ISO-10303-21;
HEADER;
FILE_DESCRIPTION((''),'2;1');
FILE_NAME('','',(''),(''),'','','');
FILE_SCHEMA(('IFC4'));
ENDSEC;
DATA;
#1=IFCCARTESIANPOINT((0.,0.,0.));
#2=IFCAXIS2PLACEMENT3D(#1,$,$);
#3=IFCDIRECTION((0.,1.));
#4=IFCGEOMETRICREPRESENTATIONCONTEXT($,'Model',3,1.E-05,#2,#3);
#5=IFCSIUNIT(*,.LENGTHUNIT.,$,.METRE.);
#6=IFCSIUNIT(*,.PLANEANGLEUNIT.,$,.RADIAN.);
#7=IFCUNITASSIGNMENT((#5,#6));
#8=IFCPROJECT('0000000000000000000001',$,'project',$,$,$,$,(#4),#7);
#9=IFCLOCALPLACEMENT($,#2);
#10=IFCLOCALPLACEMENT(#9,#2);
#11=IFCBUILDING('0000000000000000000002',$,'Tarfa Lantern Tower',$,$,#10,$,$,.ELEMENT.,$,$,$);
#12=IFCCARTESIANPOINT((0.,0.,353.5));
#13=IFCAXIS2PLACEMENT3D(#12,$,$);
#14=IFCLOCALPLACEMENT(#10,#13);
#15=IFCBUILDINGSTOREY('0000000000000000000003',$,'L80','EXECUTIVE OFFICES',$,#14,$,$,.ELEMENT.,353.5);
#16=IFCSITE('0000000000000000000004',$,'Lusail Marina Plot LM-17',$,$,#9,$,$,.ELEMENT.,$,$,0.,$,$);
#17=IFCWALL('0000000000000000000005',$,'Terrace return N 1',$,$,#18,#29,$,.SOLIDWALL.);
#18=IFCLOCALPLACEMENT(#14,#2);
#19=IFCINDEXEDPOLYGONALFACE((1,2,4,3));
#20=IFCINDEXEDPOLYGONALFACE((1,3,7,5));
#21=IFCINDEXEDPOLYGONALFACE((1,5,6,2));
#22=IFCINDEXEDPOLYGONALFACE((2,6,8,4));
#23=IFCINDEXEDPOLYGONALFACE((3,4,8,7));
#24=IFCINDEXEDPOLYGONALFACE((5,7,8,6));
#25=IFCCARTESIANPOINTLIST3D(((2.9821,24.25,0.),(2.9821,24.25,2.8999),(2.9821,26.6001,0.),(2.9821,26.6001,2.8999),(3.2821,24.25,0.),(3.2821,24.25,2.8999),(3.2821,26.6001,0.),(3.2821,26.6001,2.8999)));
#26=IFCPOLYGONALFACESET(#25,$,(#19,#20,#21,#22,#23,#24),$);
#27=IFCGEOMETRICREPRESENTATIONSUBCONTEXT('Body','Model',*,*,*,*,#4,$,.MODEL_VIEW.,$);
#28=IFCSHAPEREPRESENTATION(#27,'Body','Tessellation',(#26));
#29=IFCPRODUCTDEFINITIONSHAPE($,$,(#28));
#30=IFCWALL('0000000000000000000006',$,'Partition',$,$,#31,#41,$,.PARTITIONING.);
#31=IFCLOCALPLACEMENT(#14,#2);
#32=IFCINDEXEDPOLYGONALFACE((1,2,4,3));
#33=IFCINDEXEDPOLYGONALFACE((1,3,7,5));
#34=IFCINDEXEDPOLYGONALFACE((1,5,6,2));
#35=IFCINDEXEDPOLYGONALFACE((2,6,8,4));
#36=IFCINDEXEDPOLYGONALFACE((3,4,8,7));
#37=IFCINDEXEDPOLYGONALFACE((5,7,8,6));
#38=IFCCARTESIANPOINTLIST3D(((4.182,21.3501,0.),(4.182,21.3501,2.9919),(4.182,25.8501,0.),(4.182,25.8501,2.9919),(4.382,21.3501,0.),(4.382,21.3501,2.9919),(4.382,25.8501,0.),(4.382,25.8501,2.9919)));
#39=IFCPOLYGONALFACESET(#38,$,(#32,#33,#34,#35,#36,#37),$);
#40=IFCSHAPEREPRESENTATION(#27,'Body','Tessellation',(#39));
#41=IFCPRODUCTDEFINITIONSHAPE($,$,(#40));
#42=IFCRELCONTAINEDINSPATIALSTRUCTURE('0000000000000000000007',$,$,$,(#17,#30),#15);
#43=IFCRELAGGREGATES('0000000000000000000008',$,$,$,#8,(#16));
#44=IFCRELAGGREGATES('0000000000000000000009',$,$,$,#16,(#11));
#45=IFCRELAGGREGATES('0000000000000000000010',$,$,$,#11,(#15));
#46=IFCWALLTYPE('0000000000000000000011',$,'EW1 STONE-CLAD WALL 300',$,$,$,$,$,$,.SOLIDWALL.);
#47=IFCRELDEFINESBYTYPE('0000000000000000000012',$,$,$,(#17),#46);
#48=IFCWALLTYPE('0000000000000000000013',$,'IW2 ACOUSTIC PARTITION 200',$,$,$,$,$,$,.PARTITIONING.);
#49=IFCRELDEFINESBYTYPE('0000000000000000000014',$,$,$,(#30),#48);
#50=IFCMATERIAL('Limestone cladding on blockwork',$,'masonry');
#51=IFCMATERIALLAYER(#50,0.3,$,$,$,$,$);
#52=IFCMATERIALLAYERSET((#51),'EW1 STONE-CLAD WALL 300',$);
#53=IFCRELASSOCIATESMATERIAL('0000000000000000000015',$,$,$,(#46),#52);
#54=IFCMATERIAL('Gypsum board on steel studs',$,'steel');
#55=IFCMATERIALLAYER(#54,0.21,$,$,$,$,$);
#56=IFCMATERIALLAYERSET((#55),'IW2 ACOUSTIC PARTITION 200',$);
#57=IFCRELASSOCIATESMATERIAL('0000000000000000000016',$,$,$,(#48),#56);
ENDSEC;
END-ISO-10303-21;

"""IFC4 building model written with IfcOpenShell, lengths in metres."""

from ifc_helpers import new_model, si_unit, direction, frame, frame_2d, origin, place, context, subcontext, project, spatial, rectangle, extrude, material, layer, layer_set, type_object, element, save


model = new_model("IFC4")

# Units and contexts
model_context = context("Model", 3, precision=1e-05, world=origin(), true_north=direction((0.0, 1.0)))
body_context = subcontext(model_context, "Body", "Model", "MODEL_VIEW")
ifc_project = project(units=[si_unit("LENGTHUNIT", "METRE"), si_unit("PLANEANGLEUNIT", "RADIAN")], contexts=[model_context])

# Site, building, storey
site_placement = place(None, origin())
site = spatial("IfcSite", under=ifc_project, at=site_placement, Name="Lusail Marina Plot LM-17", CompositionType="ELEMENT", RefElevation=0.0)
building_placement = place(site_placement, origin())
building = spatial("IfcBuilding", under=site, at=building_placement, Name="Tarfa Lantern Tower", CompositionType="ELEMENT")
storey_placement = place(building_placement, frame((0.0, 0.0, 353.5)))
storey = spatial("IfcBuildingStorey", under=building, at=storey_placement, Name="L80", Description="EXECUTIVE OFFICES", CompositionType="ELEMENT", Elevation=353.5)

# Shared definitions
ifc_material_1 = material(Name="Limestone cladding on blockwork", Category="masonry")
ifc_layer_1 = layer(ifc_material_1, 0.3)
ifc_layer_set_1 = layer_set([ifc_layer_1], Name="EW1 STONE-CLAD WALL 300")
wall_type_1 = type_object("IfcWallType", Name="EW1 STONE-CLAD WALL 300", PredefinedType="SOLIDWALL", material=ifc_layer_set_1)

# Wall
wall_1_placement = place(storey_placement, frame((3.1321, 26.6001, 0.0), z_axis=(0.0, 0.0, 1.0), x_axis=(0.0, -1.0, 0.0)))
element("IfcWall", 1, at=wall_1_placement, inside=storey, type_object=wall_type_1, Name="Terrace return N 1", PredefinedType="SOLIDWALL", context=body_context, shape_type="SweptSolid", body=[
    extrude(rectangle(XDim=2.3501, YDim=0.3, at=frame_2d((1.175, 0.0))), origin(), (0.0, 0.0, 1.0), 2.8999),
])

# Shared definitions
ifc_material_2 = material(Name="Gypsum board on steel studs", Category="steel")
ifc_layer_2 = layer(ifc_material_2, 0.21)
ifc_layer_set_2 = layer_set([ifc_layer_2], Name="IW2 ACOUSTIC PARTITION 200")
wall_type_2 = type_object("IfcWallType", Name="IW2 ACOUSTIC PARTITION 200", PredefinedType="PARTITIONING", material=ifc_layer_set_2)

# Wall
wall_2_placement = place(storey_placement, frame((4.282, 21.3501, 0.0), z_axis=(0.0, 0.0, 1.0), x_axis=(0.0, 1.0, 0.0)))
element("IfcWall", 2, at=wall_2_placement, inside=storey, type_object=wall_type_2, Name="Partition", PredefinedType="PARTITIONING", context=body_context, shape_type="SweptSolid", body=[
    extrude(rectangle(XDim=4.5, YDim=0.2, at=frame_2d((2.25, 0.0))), origin(), (0.0, 0.0, 1.0), 2.9919),
])

save(model, "model.ifc")
